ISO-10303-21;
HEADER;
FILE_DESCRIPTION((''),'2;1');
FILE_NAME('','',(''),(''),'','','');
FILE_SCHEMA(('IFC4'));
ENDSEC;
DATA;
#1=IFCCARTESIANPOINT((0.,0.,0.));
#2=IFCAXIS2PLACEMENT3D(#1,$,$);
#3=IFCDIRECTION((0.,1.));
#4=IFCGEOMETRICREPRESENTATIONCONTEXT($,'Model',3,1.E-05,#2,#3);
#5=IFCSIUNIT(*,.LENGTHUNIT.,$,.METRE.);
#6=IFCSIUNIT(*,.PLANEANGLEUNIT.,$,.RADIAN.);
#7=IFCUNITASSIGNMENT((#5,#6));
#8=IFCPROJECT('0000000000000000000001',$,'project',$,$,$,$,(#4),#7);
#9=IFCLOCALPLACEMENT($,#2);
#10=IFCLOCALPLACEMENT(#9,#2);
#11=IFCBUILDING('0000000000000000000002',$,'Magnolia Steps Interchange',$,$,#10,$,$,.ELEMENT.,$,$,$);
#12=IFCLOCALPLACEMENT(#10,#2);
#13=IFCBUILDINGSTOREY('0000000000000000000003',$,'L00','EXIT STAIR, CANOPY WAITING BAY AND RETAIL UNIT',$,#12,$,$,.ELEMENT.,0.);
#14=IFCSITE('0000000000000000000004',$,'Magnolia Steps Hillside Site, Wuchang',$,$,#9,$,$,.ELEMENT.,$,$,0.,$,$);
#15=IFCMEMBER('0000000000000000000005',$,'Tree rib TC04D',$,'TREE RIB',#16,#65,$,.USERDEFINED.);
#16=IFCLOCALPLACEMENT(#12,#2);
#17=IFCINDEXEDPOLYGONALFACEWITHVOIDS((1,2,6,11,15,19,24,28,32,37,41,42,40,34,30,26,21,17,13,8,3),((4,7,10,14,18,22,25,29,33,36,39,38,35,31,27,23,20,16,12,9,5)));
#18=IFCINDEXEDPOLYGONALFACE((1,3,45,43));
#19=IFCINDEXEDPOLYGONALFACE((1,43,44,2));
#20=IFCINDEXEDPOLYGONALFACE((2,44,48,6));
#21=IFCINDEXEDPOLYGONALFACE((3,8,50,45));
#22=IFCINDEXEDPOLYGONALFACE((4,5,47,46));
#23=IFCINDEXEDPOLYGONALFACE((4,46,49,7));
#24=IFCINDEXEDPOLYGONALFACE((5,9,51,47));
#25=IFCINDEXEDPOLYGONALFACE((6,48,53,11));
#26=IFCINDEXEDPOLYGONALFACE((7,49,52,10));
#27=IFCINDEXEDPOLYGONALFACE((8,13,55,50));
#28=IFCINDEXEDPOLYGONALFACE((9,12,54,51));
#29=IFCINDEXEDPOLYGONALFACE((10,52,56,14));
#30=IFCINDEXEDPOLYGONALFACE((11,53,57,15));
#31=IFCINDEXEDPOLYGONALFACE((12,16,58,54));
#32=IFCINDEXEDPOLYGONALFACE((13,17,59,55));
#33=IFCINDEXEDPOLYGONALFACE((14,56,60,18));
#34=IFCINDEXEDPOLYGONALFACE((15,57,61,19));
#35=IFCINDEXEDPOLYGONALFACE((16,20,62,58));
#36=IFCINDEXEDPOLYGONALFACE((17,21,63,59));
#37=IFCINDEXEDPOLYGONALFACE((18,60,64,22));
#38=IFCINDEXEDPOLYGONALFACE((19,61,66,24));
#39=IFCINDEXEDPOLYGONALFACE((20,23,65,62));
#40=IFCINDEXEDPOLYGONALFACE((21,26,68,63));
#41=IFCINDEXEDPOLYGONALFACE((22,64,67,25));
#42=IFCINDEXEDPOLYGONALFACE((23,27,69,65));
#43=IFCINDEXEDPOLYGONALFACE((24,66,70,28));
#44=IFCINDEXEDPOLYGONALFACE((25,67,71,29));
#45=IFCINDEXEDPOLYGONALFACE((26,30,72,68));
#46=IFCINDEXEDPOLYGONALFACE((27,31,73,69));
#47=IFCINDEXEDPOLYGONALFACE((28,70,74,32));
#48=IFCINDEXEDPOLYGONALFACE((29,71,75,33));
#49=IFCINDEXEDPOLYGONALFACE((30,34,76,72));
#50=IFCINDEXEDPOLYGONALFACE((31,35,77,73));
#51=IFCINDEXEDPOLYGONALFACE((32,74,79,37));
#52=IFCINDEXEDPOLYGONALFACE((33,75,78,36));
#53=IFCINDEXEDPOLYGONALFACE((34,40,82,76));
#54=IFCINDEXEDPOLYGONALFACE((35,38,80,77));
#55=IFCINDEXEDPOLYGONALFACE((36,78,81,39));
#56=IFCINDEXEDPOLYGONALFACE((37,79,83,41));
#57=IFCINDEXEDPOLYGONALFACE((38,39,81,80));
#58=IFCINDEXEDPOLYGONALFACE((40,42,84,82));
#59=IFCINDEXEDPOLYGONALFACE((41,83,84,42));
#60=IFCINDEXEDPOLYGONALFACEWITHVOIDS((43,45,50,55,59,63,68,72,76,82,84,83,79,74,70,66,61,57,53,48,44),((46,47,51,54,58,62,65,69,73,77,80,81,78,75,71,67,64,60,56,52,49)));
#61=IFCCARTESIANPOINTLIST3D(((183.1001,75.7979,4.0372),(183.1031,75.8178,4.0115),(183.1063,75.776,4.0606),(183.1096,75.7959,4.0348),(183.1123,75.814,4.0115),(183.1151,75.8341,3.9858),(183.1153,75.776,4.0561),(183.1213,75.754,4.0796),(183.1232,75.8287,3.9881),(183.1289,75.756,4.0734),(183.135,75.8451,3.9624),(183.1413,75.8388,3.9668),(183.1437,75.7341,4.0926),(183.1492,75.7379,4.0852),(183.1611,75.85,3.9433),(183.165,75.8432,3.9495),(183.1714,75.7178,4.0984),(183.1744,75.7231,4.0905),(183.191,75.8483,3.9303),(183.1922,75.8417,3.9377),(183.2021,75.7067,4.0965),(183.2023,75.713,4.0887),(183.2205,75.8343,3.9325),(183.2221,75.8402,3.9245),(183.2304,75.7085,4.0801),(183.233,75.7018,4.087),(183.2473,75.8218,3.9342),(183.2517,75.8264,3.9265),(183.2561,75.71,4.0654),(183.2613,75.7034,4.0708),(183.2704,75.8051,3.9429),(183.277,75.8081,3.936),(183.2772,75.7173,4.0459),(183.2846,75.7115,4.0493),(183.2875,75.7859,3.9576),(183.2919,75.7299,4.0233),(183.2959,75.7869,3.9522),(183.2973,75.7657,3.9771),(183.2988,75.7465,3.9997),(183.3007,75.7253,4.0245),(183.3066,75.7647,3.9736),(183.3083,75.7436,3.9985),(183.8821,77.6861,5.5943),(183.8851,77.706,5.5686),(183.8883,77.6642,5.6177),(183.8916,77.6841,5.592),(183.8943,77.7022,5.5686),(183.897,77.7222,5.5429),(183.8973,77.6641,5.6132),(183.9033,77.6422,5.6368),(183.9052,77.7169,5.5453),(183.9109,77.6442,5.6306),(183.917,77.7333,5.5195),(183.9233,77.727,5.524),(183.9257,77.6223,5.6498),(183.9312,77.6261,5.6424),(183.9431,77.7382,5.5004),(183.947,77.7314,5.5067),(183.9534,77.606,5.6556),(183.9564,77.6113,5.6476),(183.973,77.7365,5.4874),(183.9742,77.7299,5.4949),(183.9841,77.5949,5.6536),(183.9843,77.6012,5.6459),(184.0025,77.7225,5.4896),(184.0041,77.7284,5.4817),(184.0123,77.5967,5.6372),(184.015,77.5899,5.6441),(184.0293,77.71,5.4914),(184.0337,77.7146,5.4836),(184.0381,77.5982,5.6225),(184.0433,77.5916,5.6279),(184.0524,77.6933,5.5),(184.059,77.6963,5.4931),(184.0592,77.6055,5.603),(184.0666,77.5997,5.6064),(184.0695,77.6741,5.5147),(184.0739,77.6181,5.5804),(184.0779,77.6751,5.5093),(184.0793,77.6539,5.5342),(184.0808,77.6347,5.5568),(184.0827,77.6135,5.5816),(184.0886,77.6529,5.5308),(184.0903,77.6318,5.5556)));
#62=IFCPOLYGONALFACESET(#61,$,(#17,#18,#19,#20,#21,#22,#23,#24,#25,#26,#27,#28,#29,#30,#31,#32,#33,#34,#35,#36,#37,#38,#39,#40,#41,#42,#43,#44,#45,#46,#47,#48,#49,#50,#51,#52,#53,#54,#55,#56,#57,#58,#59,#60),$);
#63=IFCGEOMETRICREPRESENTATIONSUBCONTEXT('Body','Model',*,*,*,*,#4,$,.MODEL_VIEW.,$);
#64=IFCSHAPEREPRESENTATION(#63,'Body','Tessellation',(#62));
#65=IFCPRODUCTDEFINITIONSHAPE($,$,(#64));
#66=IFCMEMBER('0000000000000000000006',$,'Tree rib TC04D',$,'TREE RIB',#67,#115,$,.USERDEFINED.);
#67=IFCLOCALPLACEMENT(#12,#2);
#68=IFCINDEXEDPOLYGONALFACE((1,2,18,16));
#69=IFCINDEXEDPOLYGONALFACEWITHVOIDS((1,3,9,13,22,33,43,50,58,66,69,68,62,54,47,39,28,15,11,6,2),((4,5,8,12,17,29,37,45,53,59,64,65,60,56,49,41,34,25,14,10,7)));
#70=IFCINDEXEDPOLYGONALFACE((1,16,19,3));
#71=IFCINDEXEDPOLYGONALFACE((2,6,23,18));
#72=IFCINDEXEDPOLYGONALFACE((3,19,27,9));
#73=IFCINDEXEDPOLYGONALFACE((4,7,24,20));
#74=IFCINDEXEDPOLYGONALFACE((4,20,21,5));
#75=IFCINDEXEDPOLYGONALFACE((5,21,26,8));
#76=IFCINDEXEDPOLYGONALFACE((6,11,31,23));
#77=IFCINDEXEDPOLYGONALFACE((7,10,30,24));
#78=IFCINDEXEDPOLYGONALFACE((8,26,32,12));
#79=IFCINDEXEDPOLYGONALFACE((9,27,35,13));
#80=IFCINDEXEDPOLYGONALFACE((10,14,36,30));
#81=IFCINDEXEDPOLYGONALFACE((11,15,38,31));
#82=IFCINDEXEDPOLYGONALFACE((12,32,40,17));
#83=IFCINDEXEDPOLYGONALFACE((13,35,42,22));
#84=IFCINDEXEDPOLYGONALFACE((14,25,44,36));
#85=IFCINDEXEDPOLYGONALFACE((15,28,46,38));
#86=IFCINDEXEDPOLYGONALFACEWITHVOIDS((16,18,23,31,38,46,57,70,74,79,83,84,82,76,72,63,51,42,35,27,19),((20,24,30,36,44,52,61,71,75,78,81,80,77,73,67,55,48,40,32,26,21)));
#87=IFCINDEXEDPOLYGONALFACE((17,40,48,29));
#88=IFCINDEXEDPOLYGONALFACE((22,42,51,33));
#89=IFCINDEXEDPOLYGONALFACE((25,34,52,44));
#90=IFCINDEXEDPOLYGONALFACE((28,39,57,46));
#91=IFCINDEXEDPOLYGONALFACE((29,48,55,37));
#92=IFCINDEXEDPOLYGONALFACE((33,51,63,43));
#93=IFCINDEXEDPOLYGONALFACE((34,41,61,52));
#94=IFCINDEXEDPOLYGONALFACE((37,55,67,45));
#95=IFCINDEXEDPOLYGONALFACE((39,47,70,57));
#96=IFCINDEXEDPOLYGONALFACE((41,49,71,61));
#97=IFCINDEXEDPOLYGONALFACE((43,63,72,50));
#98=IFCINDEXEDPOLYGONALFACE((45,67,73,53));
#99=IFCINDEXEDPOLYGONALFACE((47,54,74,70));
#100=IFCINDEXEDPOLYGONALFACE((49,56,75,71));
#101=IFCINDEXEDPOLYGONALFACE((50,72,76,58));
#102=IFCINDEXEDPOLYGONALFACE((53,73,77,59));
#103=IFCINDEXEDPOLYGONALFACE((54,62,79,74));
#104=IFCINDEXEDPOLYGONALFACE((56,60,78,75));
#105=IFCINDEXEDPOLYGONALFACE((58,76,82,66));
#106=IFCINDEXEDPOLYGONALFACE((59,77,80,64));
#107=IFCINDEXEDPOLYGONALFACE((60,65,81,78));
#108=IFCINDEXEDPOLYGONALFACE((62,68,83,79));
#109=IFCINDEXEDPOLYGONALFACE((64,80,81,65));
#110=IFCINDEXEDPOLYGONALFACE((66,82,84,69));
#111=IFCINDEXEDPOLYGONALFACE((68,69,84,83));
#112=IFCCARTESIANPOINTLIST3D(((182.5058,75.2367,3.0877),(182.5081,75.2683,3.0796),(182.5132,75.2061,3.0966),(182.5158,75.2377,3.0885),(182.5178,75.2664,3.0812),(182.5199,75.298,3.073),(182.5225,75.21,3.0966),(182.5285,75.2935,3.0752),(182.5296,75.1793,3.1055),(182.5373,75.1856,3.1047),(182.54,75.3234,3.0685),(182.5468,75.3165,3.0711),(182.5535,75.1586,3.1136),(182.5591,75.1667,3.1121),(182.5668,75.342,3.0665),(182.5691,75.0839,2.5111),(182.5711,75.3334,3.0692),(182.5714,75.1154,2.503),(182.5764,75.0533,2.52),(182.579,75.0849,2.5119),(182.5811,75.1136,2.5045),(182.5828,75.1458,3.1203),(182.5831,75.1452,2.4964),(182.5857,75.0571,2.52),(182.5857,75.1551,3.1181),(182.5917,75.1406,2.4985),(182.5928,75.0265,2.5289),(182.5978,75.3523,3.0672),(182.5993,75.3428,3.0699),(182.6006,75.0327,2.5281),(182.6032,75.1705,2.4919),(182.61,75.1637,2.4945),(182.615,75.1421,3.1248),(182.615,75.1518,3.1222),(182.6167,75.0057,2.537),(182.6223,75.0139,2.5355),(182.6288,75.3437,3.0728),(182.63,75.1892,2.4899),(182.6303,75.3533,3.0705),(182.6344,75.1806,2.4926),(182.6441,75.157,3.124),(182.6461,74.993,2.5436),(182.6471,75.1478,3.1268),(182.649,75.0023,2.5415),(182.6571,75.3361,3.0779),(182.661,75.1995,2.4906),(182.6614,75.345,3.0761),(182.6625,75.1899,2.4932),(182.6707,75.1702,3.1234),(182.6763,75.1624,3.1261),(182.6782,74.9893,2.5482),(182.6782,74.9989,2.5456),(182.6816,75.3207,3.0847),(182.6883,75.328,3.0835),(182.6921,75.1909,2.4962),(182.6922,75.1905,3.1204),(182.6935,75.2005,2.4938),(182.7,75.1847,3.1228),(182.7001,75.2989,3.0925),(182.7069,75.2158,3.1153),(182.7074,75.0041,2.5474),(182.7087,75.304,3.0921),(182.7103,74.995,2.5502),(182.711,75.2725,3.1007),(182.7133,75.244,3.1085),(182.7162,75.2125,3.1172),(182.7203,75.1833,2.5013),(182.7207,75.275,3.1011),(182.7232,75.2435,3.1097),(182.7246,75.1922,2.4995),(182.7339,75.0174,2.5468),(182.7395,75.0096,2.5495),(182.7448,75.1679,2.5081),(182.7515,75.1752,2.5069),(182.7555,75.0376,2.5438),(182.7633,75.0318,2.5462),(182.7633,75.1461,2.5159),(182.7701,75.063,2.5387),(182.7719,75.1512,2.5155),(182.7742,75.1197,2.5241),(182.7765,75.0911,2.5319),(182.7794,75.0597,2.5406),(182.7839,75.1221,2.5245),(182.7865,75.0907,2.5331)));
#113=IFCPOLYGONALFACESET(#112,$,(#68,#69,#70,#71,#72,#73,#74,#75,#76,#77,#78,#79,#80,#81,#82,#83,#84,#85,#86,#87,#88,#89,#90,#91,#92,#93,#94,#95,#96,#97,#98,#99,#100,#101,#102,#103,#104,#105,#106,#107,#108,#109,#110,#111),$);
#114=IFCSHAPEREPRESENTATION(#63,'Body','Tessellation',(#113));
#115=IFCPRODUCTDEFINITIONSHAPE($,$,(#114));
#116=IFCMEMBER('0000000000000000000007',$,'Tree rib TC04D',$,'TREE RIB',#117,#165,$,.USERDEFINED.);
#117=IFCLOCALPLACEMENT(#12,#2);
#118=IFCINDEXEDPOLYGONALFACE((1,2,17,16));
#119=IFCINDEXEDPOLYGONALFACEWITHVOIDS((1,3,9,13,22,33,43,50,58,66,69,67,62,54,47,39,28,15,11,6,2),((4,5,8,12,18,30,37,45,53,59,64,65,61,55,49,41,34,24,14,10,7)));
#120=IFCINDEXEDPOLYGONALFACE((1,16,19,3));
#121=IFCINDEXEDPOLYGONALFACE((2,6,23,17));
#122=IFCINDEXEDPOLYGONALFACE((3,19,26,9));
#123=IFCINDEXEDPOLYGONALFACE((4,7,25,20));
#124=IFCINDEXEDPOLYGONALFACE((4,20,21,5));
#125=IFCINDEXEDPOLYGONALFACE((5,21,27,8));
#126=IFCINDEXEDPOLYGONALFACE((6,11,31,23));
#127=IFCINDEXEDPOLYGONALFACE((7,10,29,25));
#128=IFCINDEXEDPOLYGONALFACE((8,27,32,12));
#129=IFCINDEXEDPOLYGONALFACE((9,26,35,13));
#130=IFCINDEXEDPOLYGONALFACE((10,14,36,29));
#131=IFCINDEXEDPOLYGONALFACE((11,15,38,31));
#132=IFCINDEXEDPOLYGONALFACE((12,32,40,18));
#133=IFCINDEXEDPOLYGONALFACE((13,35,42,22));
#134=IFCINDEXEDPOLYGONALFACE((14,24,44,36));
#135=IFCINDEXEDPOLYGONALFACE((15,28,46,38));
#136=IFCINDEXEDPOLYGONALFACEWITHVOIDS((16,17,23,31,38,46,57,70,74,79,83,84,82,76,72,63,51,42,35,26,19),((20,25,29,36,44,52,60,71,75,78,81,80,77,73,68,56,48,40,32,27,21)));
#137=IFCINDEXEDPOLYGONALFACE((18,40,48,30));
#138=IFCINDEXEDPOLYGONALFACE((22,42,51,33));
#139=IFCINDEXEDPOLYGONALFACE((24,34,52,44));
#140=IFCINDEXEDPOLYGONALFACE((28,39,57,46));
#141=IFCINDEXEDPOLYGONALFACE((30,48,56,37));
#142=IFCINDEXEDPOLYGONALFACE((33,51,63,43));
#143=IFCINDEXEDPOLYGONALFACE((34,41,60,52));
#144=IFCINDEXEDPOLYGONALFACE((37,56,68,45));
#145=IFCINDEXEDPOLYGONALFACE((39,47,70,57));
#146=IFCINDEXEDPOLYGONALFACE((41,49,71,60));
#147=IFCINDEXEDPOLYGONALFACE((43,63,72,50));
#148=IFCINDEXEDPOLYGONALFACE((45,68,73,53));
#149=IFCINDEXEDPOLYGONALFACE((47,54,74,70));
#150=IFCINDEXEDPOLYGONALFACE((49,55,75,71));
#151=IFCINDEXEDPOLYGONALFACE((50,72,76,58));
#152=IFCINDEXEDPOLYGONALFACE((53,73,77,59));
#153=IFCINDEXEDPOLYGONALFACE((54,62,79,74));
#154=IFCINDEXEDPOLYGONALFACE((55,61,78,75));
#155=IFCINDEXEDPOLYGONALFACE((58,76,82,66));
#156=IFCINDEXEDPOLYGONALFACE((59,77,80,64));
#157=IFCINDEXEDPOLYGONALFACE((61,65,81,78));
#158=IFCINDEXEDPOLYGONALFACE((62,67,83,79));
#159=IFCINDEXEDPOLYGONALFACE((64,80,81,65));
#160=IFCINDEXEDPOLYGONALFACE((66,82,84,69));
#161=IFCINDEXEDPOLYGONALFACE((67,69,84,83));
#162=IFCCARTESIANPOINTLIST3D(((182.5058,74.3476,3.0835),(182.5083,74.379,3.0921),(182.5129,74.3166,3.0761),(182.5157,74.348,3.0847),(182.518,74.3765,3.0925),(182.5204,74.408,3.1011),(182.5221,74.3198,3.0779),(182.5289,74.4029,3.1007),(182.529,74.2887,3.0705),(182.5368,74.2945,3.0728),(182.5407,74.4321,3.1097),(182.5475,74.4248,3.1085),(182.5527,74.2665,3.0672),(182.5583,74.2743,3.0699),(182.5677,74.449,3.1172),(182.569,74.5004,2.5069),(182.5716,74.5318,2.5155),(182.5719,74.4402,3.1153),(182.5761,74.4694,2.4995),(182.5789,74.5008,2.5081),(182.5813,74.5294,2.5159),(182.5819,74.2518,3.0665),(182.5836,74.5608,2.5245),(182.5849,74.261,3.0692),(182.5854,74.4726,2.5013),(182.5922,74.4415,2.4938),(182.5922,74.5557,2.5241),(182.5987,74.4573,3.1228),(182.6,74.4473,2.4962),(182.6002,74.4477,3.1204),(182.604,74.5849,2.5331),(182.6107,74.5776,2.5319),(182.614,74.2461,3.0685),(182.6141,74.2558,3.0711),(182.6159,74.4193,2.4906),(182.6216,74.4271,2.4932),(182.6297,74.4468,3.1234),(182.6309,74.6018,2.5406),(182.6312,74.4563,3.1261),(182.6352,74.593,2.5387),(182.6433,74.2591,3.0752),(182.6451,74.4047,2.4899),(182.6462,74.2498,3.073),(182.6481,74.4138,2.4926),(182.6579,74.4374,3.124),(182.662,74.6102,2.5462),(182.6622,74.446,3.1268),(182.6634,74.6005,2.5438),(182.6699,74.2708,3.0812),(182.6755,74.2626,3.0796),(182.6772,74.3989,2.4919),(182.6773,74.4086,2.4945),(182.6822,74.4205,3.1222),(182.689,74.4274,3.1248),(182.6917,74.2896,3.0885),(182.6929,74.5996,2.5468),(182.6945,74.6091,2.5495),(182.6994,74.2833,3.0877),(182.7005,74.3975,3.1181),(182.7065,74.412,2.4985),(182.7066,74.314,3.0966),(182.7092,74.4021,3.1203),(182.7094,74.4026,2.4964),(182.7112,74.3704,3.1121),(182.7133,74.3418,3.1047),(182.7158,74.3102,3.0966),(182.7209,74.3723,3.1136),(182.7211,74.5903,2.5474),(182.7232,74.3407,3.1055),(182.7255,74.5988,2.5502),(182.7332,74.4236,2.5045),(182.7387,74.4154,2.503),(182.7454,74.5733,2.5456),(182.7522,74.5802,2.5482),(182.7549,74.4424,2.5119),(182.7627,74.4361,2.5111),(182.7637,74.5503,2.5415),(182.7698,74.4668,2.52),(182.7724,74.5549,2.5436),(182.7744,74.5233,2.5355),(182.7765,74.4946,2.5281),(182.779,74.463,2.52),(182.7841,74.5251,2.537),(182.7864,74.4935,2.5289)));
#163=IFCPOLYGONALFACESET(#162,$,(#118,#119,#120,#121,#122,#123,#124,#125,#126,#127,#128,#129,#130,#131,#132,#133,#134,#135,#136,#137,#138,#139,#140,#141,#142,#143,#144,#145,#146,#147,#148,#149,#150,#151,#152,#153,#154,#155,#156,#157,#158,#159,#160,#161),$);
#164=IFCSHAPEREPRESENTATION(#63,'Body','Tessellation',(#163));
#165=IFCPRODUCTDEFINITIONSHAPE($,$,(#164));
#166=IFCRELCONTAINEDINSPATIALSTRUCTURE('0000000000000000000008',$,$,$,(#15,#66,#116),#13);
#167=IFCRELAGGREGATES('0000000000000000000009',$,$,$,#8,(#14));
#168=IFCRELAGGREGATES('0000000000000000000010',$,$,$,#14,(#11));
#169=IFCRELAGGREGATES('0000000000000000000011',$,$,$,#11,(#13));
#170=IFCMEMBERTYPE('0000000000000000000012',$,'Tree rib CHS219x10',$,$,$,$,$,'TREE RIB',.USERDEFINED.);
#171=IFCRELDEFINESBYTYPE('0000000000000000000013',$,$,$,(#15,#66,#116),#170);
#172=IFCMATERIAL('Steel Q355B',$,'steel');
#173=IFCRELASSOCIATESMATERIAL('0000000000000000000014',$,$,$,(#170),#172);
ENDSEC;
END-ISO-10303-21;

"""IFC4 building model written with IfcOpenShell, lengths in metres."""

from ifc_helpers import new_model, si_unit, direction, frame, origin, origin_2d, place, context, subcontext, project, spatial, hollow_circle, extrude, material, material_profile, profile_set, type_object, element, save


model = new_model("IFC4")

# Units and contexts
model_context = context("Model", 3, precision=1e-05, world=origin(), true_north=direction((0.0, 1.0)))
body_context = subcontext(model_context, "Body", "Model", "MODEL_VIEW")
ifc_project = project(units=[si_unit("LENGTHUNIT", "METRE"), si_unit("PLANEANGLEUNIT", "RADIAN")], contexts=[model_context])

# Site, building, storey
site_placement = place(None, origin())
site = spatial("IfcSite", under=ifc_project, at=site_placement, Name="Magnolia Steps Hillside Site, Wuchang", CompositionType="ELEMENT", RefElevation=0.0)
building_placement = place(site_placement, origin())
building = spatial("IfcBuilding", under=site, at=building_placement, Name="Magnolia Steps Interchange", CompositionType="ELEMENT")
storey_placement = place(building_placement, origin())
storey = spatial("IfcBuildingStorey", under=building, at=storey_placement, Name="L00", Description="EXIT STAIR, CANOPY WAITING BAY AND RETAIL UNIT", CompositionType="ELEMENT", Elevation=0.0)

# Members
ifc_material_1 = material(Name="Steel Q355B", Category="steel")
ifc_material_profile_1 = material_profile(ifc_material_1, hollow_circle(Radius=0.1096, WallThickness=0.01, at=origin_2d()), Name="CHS219x10")
ifc_profile_set_1 = profile_set([ifc_material_profile_1], Name="Steel Q355B")
member_type_1 = type_object("IfcMemberType", Name="Tree rib CHS219x10", ElementType="TREE RIB", PredefinedType="USERDEFINED", material=ifc_profile_set_1)
member_1_placement = place(storey_placement, frame((183.2043, 75.7759, 4.0115), z_axis=(0.304354, 0.734897, 0.606048), x_axis=(-0.923902, 0.38263, 0.0)))
element("IfcMember", 1, at=member_1_placement, inside=storey, type_object=member_type_1, Name="Tree rib TC04D", ObjectType="TREE RIB", PredefinedType="USERDEFINED", context=body_context, shape_type="SweptSolid", body=[
    extrude(hollow_circle(Radius=0.1096, WallThickness=0.01, at=origin_2d()), origin(), (0.0, 0.0, 1.0), 2.5693),
])
for number, where, z_axis, x_axis, name in (
    (2, (182.6777, 75.0952, 2.52), (-0.105403, 0.254758, 0.961243), (-0.924035, -0.382308, 0.0), "Tree rib TC04D"),
    (3, (182.6777, 74.5049, 2.52), (-0.105403, -0.254758, 0.961243), (0.924035, -0.382308, 0.0), "Tree rib TC04D"),
):
    element("IfcMember", number, at=place(storey_placement, frame(where, z_axis=z_axis, x_axis=x_axis)), inside=storey, type_object=member_type_1, Name=name, ObjectType="TREE RIB", PredefinedType="USERDEFINED", context=body_context, shape_type="SweptSolid", body=[
        extrude(hollow_circle(Radius=0.1096, WallThickness=0.01, at=origin_2d()), origin(), (0.0, 0.0, 1.0), 0.5999),
    ])

save(model, "model.ifc")
